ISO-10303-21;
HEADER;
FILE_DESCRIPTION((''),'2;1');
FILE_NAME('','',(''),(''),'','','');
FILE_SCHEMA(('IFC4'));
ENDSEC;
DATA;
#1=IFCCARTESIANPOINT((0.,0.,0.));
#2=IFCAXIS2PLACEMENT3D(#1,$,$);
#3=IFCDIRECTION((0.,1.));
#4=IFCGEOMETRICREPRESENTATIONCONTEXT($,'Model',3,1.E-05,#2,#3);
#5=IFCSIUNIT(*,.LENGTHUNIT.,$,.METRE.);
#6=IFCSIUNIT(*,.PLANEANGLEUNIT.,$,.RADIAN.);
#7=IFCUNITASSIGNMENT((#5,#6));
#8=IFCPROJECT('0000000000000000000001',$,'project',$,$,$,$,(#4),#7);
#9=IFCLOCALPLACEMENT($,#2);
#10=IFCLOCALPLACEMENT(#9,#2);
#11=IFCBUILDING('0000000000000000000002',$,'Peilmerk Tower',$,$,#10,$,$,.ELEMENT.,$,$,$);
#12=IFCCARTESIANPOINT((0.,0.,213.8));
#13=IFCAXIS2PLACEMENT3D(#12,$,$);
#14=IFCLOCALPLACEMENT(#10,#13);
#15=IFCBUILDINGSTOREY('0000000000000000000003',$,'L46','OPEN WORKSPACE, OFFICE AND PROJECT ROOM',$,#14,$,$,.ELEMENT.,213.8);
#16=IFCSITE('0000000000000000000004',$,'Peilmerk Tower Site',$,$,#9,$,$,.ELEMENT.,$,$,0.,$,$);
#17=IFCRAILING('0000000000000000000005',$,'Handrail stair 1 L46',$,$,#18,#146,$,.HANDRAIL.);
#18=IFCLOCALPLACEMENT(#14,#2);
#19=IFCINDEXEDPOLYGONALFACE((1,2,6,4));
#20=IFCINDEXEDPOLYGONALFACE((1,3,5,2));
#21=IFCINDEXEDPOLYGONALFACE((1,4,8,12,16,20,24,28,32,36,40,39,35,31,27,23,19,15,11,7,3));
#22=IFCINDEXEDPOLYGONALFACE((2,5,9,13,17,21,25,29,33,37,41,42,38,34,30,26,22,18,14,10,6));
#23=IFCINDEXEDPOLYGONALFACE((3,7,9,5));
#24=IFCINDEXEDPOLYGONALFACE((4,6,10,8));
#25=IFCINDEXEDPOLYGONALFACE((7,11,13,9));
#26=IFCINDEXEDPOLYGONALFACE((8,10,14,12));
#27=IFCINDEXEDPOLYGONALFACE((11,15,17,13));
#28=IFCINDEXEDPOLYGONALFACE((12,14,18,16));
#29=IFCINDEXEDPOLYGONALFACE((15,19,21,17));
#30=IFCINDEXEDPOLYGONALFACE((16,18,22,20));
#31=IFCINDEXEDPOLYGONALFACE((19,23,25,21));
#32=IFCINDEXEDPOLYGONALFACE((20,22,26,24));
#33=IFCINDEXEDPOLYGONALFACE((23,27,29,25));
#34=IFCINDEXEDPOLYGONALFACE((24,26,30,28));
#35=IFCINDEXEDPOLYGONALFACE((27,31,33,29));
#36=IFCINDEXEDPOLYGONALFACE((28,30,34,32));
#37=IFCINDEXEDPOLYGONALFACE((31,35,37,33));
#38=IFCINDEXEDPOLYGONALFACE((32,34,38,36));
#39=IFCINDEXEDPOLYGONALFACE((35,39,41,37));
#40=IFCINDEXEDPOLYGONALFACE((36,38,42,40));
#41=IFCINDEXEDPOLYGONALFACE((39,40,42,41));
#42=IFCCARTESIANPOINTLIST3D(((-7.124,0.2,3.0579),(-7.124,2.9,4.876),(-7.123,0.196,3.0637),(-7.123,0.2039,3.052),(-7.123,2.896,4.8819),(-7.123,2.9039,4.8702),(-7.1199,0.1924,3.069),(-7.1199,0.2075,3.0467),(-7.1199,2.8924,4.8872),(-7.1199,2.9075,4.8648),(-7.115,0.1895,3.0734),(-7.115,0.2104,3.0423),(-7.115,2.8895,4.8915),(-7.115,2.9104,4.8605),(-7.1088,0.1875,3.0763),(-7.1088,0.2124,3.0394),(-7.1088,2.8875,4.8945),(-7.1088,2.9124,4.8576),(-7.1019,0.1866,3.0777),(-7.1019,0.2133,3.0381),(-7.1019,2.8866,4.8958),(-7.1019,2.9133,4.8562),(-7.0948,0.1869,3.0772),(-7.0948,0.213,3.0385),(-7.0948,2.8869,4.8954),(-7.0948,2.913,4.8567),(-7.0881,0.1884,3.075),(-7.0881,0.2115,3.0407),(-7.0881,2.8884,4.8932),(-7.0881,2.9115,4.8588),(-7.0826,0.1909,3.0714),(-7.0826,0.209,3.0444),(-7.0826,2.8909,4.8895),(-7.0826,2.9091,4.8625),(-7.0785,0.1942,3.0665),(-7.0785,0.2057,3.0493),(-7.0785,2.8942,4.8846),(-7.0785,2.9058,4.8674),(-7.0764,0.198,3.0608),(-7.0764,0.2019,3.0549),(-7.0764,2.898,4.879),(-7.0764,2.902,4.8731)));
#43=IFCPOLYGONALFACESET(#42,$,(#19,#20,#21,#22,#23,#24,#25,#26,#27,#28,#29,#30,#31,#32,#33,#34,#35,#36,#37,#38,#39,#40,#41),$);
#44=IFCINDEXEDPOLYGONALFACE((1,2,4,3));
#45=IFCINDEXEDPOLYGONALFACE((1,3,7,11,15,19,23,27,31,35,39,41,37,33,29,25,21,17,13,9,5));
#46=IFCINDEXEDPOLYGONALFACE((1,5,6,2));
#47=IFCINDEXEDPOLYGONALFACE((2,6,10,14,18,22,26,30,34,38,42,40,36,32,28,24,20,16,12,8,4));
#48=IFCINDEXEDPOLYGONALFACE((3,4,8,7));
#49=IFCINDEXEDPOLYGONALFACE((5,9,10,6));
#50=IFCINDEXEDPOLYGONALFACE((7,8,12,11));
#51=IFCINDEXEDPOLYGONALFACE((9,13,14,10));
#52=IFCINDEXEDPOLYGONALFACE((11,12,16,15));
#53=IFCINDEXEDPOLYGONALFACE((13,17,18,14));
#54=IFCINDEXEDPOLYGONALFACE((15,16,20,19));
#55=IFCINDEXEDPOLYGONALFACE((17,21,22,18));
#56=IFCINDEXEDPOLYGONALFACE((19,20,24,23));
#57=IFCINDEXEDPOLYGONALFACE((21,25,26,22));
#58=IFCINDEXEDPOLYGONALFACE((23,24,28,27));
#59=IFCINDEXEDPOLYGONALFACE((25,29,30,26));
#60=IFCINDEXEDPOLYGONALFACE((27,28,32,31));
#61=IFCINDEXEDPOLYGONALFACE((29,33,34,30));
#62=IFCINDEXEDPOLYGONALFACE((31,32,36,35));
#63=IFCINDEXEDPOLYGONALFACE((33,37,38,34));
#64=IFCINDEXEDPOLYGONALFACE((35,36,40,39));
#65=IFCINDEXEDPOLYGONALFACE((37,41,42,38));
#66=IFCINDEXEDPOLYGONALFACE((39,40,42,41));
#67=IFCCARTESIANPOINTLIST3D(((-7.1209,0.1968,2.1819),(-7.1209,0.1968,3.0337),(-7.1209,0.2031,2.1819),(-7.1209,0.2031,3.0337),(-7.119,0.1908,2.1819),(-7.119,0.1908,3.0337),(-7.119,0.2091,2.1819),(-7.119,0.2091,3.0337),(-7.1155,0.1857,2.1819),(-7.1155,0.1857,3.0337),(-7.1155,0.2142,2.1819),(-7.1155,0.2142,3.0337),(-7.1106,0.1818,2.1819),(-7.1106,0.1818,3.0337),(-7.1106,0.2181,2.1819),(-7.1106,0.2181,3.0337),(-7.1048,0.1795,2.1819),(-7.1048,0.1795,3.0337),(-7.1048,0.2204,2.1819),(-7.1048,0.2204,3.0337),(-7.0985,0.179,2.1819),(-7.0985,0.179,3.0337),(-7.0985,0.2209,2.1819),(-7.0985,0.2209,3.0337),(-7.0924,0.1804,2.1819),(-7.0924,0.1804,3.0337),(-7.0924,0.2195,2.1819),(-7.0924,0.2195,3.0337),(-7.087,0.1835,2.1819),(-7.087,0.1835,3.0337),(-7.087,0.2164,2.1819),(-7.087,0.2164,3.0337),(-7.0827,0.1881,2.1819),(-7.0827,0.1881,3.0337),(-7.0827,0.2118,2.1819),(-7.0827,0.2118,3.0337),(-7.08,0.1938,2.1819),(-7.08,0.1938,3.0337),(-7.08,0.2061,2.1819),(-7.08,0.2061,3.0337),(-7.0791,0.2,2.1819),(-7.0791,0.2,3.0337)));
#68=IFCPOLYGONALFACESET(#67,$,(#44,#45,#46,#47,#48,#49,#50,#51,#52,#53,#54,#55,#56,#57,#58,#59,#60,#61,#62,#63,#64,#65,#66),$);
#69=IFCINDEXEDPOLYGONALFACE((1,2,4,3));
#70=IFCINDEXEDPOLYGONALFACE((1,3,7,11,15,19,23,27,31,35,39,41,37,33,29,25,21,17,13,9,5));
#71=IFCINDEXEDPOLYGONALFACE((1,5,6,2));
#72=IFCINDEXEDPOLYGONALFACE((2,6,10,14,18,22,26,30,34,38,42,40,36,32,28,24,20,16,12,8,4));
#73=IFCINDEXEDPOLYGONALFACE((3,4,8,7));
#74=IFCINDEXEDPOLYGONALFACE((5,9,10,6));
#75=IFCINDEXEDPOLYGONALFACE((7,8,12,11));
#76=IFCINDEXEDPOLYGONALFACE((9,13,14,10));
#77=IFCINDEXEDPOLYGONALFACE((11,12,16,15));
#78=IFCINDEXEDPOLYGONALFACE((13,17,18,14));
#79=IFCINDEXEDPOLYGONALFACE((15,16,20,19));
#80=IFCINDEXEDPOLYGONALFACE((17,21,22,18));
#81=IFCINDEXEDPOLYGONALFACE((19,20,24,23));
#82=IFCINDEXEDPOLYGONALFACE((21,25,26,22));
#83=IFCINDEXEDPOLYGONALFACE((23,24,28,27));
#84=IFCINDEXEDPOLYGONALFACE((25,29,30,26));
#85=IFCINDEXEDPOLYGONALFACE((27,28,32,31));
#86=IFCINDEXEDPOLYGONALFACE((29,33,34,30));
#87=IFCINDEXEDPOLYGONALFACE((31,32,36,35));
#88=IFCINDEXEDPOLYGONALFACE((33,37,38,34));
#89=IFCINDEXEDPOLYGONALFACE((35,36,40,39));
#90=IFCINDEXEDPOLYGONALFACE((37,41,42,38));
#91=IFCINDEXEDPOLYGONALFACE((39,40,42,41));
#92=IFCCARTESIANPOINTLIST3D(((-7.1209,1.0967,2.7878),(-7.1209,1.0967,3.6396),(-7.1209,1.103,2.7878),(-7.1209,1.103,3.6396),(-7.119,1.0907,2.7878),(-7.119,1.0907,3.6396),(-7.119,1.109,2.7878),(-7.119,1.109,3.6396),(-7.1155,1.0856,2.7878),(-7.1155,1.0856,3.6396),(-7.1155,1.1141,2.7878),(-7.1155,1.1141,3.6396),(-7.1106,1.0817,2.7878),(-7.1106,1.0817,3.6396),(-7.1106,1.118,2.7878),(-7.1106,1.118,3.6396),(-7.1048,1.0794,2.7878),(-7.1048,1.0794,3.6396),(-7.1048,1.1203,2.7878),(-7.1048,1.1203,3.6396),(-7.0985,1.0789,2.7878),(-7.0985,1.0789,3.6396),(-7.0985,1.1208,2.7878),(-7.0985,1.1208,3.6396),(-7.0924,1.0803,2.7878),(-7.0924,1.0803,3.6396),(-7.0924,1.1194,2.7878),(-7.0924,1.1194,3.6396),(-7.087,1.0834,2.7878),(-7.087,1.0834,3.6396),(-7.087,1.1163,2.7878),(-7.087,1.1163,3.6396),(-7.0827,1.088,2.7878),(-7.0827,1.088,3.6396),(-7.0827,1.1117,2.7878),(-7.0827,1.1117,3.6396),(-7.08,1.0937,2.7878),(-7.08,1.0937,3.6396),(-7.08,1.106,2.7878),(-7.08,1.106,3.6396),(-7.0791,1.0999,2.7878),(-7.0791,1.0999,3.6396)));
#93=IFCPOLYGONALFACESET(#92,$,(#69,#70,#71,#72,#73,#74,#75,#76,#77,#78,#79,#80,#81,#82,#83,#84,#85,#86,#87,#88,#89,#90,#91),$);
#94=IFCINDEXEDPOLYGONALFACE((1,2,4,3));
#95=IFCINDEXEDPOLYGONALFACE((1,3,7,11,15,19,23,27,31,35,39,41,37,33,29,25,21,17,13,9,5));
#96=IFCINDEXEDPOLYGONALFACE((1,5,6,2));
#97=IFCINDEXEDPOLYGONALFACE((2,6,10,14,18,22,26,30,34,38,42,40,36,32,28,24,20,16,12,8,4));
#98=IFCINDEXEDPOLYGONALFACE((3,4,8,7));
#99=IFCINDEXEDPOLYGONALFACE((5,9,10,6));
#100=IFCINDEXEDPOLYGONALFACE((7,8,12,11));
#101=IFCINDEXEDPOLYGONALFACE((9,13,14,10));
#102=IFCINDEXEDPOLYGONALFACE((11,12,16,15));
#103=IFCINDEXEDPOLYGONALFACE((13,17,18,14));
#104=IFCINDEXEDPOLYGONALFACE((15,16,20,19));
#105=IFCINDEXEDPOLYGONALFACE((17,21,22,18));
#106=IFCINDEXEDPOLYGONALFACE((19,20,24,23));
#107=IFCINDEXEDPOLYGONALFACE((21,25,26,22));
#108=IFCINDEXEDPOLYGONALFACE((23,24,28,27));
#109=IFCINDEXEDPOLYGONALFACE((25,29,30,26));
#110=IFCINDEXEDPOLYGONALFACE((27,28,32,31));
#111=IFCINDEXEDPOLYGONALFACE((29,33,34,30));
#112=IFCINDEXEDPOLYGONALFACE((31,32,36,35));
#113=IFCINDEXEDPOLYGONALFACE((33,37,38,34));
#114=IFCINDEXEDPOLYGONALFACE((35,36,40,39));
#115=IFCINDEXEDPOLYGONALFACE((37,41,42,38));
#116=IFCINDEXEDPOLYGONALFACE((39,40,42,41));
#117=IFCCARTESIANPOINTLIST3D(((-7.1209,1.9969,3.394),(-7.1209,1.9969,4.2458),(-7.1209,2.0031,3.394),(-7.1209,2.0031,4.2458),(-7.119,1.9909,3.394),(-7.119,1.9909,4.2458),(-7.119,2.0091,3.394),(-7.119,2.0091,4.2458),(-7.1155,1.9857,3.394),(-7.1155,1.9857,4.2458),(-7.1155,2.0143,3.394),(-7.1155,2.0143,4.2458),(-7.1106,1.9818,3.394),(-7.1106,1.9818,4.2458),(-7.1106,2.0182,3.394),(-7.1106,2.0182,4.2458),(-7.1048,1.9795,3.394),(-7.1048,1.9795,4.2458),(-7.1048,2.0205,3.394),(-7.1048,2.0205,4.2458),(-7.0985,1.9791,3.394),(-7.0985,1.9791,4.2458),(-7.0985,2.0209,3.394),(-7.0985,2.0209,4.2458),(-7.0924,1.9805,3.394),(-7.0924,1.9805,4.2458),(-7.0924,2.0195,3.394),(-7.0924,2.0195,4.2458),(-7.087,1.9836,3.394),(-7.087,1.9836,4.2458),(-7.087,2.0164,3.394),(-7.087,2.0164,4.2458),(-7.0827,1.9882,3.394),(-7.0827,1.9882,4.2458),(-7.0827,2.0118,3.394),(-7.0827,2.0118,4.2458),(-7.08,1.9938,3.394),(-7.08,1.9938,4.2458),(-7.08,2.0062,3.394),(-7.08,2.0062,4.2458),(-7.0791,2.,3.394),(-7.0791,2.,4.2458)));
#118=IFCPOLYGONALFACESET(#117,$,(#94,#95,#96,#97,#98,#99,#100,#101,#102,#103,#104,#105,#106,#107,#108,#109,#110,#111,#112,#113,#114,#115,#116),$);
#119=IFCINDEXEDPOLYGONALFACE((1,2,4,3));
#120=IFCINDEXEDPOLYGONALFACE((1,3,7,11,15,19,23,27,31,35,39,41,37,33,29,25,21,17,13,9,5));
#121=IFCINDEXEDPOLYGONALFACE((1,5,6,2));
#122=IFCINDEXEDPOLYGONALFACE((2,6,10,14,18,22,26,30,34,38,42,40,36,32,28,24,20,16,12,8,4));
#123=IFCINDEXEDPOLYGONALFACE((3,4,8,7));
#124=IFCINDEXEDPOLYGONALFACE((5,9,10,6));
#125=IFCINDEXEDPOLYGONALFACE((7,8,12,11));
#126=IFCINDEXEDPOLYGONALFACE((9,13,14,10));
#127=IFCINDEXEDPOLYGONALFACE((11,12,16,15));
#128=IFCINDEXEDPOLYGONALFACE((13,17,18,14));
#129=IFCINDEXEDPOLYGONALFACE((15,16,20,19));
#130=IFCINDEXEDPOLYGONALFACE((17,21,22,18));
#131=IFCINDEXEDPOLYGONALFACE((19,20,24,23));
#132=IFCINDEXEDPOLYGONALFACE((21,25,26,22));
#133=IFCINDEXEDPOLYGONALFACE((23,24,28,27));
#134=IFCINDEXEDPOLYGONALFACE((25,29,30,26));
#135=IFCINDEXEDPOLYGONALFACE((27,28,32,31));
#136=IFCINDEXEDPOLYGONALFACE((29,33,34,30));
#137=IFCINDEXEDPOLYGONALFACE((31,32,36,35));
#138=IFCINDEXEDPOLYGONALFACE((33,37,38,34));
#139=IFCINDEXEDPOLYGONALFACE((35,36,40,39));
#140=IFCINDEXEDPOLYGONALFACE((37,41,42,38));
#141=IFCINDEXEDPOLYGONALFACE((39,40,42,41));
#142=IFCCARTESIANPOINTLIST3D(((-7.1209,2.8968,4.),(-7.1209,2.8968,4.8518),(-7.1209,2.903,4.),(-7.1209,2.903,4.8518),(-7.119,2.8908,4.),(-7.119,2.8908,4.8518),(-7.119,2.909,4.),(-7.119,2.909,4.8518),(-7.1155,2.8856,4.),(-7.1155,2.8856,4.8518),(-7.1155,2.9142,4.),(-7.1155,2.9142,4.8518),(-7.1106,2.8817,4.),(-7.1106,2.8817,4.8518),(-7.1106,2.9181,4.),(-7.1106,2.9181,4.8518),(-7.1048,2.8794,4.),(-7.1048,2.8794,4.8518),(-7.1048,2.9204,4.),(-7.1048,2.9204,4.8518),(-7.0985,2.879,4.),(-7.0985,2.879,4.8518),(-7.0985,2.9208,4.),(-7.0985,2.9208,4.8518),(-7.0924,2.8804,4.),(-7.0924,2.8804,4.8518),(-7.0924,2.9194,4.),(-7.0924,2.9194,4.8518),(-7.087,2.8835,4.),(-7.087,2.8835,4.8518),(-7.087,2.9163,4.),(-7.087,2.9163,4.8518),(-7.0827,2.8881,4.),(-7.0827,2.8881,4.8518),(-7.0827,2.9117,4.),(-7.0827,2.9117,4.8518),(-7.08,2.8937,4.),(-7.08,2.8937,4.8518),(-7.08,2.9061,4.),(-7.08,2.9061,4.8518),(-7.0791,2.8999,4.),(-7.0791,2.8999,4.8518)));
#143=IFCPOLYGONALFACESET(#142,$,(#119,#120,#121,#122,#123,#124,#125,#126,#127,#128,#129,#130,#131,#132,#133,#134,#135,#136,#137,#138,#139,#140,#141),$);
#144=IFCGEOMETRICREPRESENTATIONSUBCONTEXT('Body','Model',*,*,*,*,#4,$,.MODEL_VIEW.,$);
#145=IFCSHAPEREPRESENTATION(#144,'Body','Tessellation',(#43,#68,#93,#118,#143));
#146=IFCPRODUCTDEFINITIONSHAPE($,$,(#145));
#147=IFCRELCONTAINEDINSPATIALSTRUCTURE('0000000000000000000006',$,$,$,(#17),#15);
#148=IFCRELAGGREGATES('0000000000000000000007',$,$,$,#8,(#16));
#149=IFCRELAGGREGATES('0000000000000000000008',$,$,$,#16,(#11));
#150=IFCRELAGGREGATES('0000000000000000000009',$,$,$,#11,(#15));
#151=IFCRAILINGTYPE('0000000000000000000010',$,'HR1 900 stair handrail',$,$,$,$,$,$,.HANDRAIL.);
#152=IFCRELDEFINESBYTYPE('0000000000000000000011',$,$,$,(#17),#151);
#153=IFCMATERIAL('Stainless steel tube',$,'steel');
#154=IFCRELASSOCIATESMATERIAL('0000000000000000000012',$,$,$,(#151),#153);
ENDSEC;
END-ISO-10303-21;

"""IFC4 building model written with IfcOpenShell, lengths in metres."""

from ifc_helpers import new_model, si_unit, direction, frame, origin, origin_2d, place, context, subcontext, project, spatial, circle, extrude, material, type_object, element, save


model = new_model("IFC4")

# Units and contexts
model_context = context("Model", 3, precision=1e-05, world=origin(), true_north=direction((0.0, 1.0)))
body_context = subcontext(model_context, "Body", "Model", "MODEL_VIEW")
ifc_project = project(units=[si_unit("LENGTHUNIT", "METRE"), si_unit("PLANEANGLEUNIT", "RADIAN")], contexts=[model_context])

# Site, building, storey
site_placement = place(None, origin())
site = spatial("IfcSite", under=ifc_project, at=site_placement, Name="Peilmerk Tower Site", CompositionType="ELEMENT", RefElevation=0.0)
building_placement = place(site_placement, origin())
building = spatial("IfcBuilding", under=site, at=building_placement, Name="Peilmerk Tower", CompositionType="ELEMENT")
storey_placement = place(building_placement, frame((0.0, 0.0, 213.8)))
storey = spatial("IfcBuildingStorey", under=building, at=storey_placement, Name="L46", Description="OPEN WORKSPACE, OFFICE AND PROJECT ROOM", CompositionType="ELEMENT", Elevation=213.8)

# Railing
ifc_material_1 = material(Name="Stainless steel tube", Category="steel")
railing_type_1 = type_object("IfcRailingType", Name="HR1 900 stair handrail", PredefinedType="HANDRAIL", material=ifc_material_1)
railing_1_placement = place(storey_placement, frame((-7.1001, 0.2, 2.1819)))
element("IfcRailing", 1, at=railing_1_placement, inside=storey, type_object=railing_type_1, Name="Handrail stair 1 L46", PredefinedType="HANDRAIL", context=body_context, shape_type="SweptSolid", body=[
    extrude(circle(Radius=0.0239, at=origin_2d()), frame((0.0, 0.0, 0.876), z_axis=(0.0, 0.829468, 0.558554), x_axis=(-1.0, 0.0, 0.0)), (0.0, 0.0, 1.0), 3.2551),
    extrude(circle(Radius=0.021, at=origin_2d()), origin(), (0.0, 0.0, 1.0), 0.8518),
    extrude(circle(Radius=0.021, at=origin_2d()), frame((0.0, 0.8999, 0.606)), (0.0, 0.0, 1.0), 0.8518),
    extrude(circle(Radius=0.021, at=origin_2d()), frame((0.0, 1.8, 1.2122)), (0.0, 0.0, 1.0), 0.8518),
    extrude(circle(Radius=0.021, at=origin_2d()), frame((0.0, 2.7, 1.8181)), (0.0, 0.0, 1.0), 0.8518),
])

save(model, "model.ifc")
